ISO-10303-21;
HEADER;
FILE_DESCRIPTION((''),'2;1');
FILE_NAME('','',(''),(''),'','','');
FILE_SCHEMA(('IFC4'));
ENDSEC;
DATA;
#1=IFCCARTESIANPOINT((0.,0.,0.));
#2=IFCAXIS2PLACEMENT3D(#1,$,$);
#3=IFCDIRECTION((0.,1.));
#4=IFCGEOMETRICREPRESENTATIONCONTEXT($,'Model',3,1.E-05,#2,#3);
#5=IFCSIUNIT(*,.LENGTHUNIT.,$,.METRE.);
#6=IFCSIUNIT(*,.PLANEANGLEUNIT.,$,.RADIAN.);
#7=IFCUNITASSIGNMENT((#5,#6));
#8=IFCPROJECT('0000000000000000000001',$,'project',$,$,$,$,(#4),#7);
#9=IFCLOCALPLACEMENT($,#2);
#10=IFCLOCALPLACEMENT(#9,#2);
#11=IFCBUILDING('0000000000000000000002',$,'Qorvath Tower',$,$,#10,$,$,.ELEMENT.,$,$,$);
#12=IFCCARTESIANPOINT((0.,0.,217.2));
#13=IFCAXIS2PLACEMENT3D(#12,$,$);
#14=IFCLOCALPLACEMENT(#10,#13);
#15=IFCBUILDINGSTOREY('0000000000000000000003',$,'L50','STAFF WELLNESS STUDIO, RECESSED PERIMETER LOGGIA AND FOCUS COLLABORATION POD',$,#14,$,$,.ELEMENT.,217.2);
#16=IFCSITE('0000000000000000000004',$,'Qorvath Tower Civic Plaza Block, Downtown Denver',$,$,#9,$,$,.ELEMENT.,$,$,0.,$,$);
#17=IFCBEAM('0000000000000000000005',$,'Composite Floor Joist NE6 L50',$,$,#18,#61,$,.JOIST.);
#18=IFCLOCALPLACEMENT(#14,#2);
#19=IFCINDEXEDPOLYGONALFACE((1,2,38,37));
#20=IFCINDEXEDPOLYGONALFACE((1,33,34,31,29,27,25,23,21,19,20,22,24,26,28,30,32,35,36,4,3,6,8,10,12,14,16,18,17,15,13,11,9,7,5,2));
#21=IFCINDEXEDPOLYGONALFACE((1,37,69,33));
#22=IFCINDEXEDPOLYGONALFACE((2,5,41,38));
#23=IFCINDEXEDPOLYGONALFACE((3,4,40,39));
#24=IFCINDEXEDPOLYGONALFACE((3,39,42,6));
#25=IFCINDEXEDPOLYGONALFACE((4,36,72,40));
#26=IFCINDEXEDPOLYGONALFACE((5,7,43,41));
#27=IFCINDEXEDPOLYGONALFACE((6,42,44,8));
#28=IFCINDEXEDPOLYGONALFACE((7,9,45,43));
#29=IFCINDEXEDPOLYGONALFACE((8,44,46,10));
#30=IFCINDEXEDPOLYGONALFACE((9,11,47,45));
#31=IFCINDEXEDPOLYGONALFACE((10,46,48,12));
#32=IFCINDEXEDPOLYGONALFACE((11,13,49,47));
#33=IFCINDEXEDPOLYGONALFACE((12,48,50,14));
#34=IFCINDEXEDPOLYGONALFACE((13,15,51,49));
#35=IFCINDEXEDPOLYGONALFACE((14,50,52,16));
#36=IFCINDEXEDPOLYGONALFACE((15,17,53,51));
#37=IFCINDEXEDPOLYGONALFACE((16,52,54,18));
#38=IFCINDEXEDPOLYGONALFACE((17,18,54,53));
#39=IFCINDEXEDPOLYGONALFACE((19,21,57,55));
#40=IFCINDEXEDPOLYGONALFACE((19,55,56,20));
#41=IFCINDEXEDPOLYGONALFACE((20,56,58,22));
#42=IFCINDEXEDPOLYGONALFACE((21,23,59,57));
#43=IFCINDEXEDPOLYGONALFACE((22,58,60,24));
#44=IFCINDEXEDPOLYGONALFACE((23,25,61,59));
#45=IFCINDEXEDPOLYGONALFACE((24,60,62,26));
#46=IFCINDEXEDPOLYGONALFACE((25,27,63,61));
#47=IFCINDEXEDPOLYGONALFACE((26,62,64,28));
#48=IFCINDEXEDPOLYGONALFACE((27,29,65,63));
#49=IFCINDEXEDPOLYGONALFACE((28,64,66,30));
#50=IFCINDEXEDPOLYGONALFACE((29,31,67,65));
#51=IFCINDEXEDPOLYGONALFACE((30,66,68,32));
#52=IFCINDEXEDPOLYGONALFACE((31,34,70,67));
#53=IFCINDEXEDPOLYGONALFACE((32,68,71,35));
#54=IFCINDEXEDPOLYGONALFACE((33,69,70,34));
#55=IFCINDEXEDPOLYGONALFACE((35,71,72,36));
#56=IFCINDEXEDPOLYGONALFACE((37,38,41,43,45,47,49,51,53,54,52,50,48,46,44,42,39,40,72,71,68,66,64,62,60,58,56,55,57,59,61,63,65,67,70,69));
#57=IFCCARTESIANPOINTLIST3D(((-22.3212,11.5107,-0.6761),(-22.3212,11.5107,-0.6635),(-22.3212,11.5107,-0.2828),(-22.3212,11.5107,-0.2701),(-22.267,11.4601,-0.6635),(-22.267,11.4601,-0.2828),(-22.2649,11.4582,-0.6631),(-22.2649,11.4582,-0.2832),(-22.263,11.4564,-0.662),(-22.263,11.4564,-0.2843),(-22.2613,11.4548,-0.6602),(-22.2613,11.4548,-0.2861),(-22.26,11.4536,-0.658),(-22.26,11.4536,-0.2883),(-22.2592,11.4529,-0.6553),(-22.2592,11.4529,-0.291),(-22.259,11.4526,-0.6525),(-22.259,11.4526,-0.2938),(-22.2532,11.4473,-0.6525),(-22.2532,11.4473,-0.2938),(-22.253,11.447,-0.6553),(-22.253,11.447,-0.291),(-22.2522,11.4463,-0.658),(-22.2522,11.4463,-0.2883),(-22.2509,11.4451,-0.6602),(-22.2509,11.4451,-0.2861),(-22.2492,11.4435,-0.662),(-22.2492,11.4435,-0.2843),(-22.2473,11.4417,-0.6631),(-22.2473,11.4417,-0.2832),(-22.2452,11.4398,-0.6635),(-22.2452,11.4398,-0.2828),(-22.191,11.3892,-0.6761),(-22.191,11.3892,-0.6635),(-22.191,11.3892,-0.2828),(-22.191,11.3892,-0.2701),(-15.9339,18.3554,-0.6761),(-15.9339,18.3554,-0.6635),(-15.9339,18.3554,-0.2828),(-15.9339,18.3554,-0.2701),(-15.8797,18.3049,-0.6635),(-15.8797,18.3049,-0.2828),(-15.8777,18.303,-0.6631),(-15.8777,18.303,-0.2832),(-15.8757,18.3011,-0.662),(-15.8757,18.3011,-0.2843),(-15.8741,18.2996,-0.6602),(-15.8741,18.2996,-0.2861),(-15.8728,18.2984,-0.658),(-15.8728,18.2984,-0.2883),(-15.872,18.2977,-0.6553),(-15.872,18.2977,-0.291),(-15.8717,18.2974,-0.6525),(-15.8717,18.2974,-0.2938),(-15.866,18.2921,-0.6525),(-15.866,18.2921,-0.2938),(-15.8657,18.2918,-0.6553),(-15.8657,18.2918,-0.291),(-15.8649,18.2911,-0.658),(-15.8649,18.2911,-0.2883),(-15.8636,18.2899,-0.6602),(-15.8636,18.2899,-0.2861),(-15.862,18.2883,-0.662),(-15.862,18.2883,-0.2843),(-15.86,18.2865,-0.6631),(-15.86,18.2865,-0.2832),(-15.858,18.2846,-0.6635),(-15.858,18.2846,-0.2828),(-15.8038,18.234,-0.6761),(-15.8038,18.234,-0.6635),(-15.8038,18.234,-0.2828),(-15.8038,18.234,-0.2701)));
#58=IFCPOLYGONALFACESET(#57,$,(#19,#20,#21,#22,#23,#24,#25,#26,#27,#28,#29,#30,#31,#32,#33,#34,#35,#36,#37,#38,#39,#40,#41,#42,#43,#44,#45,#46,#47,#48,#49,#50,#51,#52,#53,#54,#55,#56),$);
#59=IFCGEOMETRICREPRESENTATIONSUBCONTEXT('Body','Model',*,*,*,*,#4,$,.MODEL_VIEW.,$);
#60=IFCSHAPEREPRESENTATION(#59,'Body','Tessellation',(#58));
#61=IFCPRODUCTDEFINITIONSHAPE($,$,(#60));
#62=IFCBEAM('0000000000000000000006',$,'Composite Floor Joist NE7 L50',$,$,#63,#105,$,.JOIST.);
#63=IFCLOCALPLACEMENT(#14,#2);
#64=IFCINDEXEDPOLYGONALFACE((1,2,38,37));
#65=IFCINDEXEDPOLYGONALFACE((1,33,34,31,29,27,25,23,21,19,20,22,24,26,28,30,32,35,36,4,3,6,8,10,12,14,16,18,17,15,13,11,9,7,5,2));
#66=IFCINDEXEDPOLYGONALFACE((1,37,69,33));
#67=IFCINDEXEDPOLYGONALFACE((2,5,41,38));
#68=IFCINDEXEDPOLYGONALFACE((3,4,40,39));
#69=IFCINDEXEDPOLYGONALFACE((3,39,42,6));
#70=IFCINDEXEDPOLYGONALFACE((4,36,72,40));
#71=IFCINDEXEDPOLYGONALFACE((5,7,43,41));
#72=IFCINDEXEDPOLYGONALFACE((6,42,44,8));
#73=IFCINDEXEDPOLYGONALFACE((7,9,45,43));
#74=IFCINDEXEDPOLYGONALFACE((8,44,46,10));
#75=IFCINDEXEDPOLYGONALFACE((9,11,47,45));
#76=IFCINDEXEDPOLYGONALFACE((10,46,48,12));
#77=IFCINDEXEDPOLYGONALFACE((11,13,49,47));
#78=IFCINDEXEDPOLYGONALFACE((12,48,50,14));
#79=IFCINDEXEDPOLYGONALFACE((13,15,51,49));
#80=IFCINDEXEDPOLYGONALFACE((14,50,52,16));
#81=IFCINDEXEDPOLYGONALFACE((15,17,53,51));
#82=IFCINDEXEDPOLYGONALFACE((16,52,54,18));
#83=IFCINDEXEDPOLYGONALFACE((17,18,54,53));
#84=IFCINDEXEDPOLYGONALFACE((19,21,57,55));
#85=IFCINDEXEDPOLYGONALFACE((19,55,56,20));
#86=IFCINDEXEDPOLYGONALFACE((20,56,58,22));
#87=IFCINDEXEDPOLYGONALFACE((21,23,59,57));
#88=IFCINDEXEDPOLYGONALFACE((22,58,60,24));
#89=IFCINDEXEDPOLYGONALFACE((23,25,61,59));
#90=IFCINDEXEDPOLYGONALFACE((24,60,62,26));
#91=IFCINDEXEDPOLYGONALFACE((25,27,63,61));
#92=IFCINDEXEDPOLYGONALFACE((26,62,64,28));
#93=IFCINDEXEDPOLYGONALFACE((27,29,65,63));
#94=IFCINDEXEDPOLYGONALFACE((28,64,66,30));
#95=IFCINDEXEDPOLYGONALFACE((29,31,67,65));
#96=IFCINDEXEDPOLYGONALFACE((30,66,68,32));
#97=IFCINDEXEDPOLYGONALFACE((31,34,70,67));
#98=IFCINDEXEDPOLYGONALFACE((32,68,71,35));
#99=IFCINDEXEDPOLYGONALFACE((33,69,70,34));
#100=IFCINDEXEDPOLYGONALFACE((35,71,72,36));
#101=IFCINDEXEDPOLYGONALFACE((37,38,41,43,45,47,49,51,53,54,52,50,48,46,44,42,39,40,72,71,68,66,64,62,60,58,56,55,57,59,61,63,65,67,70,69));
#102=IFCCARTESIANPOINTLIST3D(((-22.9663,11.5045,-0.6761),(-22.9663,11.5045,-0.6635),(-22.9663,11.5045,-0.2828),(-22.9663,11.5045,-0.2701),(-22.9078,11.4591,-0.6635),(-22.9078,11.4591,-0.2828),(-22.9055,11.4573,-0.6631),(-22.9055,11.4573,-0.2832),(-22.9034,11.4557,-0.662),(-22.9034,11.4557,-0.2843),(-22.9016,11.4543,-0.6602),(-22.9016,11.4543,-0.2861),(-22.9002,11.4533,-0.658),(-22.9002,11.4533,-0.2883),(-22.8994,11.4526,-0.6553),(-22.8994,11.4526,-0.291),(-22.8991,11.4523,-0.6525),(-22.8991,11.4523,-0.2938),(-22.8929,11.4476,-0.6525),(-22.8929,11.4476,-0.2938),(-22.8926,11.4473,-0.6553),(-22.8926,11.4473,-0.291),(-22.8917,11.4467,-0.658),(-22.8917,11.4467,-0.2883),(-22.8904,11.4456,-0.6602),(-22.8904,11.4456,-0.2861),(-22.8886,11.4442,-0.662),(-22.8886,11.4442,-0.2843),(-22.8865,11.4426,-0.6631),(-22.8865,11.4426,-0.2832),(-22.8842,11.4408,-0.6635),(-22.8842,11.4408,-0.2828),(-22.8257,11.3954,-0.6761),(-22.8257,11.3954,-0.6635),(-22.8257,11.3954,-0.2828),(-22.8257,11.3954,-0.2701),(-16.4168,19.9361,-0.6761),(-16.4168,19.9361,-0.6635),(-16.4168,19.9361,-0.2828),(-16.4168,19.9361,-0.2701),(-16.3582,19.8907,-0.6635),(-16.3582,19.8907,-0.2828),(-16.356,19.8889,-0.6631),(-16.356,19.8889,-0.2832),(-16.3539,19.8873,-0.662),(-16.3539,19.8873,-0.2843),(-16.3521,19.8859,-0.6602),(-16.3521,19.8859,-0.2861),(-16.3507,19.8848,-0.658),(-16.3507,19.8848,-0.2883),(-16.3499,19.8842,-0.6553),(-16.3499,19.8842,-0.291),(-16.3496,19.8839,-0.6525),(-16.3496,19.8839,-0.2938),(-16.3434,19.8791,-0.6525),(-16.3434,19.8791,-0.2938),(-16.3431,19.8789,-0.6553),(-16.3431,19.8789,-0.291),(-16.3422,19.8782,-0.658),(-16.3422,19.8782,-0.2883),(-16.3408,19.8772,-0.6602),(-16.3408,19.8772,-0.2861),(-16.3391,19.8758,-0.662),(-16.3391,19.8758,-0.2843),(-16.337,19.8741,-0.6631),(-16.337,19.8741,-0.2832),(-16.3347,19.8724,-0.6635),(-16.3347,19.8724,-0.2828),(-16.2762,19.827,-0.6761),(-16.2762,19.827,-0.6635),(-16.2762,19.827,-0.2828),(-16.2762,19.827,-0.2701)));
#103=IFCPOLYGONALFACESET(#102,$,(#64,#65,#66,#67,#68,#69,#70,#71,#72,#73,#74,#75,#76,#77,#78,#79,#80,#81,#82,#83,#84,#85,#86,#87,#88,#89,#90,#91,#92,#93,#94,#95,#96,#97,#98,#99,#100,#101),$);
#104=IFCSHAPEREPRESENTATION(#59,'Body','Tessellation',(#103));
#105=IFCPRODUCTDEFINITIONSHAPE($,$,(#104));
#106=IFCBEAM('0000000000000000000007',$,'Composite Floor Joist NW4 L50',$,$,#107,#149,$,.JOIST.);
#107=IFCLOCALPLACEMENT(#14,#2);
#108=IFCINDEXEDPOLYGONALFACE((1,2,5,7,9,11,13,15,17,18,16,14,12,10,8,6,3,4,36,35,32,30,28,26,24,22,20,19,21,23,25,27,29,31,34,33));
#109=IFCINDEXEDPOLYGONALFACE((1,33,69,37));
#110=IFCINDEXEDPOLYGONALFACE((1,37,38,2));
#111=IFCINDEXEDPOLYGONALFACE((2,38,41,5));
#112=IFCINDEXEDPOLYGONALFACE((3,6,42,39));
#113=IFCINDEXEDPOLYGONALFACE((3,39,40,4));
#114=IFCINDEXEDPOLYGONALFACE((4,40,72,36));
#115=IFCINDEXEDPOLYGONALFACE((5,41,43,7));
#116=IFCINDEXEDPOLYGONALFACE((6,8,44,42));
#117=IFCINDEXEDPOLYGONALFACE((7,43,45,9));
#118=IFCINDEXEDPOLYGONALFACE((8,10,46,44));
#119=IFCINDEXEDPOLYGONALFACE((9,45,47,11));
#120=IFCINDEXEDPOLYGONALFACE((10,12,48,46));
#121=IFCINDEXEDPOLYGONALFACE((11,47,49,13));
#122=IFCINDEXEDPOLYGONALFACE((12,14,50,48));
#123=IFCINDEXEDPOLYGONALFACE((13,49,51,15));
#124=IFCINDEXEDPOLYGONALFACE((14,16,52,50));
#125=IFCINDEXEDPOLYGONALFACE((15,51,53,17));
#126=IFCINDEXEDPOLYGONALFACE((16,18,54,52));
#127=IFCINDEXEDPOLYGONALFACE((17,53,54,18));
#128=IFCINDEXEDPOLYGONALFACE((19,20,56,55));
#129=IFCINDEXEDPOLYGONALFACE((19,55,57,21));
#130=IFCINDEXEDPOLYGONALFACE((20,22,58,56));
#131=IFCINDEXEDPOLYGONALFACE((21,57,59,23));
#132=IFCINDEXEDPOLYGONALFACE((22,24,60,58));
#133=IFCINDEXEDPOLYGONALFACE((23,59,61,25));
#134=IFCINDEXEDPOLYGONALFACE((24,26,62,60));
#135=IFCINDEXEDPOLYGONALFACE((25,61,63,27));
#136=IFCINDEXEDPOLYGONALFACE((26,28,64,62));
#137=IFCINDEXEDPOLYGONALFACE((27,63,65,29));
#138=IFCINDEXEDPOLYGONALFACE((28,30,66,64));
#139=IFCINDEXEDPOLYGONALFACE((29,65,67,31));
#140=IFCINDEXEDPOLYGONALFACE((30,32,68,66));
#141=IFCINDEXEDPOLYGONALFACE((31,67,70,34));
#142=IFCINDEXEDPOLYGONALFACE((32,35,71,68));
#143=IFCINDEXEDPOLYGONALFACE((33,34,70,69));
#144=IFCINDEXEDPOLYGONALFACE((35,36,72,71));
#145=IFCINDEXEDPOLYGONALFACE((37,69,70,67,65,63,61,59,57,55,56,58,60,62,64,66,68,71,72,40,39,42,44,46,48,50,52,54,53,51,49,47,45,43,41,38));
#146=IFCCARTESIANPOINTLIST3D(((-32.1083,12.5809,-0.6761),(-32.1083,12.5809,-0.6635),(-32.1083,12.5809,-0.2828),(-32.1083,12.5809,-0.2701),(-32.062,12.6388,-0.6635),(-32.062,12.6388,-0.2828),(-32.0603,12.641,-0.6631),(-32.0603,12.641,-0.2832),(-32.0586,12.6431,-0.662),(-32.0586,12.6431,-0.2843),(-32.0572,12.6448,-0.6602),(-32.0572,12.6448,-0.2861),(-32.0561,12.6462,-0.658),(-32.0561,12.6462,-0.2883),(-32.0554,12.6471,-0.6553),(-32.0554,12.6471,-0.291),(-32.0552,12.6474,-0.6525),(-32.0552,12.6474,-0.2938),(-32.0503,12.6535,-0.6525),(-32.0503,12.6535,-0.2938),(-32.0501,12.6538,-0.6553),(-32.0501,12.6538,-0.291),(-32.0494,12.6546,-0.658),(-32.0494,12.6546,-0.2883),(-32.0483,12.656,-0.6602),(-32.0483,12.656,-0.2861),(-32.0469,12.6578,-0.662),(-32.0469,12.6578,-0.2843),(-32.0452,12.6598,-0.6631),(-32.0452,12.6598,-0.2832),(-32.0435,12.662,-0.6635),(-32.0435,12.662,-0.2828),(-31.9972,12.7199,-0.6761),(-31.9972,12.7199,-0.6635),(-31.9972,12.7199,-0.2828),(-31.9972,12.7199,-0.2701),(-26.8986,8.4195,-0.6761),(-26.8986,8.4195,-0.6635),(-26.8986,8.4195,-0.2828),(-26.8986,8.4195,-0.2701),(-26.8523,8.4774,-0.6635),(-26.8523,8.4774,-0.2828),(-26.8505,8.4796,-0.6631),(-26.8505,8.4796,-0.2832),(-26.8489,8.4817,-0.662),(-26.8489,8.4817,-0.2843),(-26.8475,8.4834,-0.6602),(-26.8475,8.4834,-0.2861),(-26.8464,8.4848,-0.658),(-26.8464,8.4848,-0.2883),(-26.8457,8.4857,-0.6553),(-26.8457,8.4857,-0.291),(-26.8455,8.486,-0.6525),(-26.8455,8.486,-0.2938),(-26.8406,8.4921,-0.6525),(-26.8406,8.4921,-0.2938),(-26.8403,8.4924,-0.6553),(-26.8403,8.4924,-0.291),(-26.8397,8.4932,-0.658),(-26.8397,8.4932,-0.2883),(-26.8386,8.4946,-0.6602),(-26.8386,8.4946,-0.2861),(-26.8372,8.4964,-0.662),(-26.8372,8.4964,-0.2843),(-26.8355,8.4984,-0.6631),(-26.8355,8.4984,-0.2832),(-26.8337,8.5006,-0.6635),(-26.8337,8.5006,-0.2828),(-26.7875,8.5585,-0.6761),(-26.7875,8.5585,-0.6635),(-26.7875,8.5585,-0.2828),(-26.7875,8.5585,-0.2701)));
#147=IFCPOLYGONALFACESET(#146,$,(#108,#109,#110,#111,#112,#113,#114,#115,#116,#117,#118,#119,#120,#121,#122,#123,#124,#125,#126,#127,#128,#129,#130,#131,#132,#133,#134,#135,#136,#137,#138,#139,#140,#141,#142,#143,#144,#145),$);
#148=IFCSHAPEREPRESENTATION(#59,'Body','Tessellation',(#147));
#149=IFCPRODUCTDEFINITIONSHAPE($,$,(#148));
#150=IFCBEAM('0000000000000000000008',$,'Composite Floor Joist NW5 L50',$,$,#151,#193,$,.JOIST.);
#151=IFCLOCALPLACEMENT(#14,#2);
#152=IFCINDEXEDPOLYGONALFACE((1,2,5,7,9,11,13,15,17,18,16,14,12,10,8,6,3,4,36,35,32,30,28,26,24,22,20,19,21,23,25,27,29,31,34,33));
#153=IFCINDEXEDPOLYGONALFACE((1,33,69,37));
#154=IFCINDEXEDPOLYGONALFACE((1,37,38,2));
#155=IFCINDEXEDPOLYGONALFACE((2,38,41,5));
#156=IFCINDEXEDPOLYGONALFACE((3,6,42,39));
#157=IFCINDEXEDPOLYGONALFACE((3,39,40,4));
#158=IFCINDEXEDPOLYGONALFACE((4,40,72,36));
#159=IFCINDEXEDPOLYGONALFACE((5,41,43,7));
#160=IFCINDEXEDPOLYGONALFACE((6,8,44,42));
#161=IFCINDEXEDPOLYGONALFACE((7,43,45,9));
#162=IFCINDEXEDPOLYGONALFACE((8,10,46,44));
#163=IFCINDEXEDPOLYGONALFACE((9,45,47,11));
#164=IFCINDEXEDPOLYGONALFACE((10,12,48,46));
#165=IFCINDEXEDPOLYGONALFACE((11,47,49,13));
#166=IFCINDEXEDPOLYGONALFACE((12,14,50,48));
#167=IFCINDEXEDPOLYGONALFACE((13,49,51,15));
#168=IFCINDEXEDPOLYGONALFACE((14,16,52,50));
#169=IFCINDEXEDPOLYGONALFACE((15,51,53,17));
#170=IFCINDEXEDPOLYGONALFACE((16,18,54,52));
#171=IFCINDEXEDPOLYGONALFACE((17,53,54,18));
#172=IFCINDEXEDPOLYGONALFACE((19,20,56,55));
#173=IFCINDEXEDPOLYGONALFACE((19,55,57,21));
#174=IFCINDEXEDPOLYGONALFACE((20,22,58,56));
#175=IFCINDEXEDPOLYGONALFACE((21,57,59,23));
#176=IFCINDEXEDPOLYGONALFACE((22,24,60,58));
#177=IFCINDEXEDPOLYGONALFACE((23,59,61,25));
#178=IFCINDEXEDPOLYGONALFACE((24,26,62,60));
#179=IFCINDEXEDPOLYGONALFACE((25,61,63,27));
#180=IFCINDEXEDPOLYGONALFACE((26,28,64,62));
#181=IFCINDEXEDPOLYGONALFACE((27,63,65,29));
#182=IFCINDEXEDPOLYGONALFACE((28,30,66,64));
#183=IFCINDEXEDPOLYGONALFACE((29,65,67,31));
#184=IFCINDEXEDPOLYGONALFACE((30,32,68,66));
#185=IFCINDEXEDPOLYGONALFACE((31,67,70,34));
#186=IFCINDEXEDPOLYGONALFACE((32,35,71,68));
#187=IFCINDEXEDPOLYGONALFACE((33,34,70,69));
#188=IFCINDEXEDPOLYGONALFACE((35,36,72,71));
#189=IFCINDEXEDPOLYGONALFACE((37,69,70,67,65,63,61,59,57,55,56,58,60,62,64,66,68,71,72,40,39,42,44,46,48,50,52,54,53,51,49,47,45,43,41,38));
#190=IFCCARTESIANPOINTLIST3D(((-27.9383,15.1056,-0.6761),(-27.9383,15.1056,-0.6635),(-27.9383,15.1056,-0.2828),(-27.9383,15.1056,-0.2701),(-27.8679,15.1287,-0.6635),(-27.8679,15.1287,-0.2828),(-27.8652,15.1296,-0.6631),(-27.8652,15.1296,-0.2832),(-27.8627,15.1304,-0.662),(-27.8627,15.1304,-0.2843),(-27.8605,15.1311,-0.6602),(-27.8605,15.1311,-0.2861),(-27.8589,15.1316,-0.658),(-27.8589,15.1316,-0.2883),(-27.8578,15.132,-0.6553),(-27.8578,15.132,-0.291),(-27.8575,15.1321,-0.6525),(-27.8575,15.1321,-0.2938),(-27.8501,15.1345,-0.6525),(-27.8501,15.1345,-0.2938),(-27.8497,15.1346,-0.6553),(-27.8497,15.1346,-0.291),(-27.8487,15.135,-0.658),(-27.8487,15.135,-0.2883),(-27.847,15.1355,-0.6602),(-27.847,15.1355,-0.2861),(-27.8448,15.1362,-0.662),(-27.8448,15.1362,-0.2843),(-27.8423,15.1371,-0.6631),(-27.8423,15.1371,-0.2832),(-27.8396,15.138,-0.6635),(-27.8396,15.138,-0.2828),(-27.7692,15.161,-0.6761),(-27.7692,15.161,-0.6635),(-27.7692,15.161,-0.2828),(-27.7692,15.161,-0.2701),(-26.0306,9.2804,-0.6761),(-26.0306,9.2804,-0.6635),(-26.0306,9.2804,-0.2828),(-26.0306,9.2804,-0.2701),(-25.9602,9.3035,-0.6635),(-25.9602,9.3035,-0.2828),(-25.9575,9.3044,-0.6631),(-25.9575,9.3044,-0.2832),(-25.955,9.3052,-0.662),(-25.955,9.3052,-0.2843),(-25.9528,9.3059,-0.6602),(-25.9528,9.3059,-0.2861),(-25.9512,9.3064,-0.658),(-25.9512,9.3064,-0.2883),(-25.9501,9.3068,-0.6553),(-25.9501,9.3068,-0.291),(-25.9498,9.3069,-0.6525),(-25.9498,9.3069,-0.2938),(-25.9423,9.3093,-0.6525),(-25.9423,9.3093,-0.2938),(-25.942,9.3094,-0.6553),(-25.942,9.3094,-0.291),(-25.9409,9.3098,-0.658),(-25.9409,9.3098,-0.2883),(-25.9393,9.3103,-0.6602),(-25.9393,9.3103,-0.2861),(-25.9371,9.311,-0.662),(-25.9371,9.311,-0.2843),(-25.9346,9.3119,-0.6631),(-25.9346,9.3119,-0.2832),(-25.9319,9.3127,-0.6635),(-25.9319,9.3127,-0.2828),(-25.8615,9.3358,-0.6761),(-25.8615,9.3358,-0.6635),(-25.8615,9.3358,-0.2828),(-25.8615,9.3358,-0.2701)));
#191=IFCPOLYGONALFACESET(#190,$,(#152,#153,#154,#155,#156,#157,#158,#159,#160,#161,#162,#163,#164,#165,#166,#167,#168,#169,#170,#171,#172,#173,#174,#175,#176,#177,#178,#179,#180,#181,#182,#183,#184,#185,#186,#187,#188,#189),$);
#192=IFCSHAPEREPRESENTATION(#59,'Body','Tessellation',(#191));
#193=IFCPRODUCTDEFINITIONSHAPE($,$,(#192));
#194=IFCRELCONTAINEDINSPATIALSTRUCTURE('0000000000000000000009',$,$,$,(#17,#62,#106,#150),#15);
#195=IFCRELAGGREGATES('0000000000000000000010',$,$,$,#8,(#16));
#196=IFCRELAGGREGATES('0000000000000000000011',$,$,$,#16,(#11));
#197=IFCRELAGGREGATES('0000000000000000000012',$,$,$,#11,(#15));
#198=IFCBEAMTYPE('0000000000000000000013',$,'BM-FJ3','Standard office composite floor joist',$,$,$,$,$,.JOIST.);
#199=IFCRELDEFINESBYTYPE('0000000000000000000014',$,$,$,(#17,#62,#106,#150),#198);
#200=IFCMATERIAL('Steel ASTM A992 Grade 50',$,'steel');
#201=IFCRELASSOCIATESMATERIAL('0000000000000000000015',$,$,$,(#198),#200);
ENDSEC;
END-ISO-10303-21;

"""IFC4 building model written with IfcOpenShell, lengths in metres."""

from ifc_helpers import new_model, si_unit, direction, frame, origin, origin_2d, place, context, subcontext, project, spatial, i_section, extrude, material, material_profile, profile_set, type_object, element, save


model = new_model("IFC4")

# Units and contexts
model_context = context("Model", 3, precision=1e-05, world=origin(), true_north=direction((0.0, 1.0)))
body_context = subcontext(model_context, "Body", "Model", "MODEL_VIEW")
ifc_project = project(units=[si_unit("LENGTHUNIT", "METRE"), si_unit("PLANEANGLEUNIT", "RADIAN")], contexts=[model_context])

# Site, building, storey
site_placement = place(None, origin())
site = spatial("IfcSite", under=ifc_project, at=site_placement, Name="Qorvath Tower Civic Plaza Block, Downtown Denver", CompositionType="ELEMENT", RefElevation=0.0)
building_placement = place(site_placement, origin())
building = spatial("IfcBuilding", under=site, at=building_placement, Name="Qorvath Tower", CompositionType="ELEMENT")
storey_placement = place(building_placement, frame((0.0, 0.0, 217.2)))
storey = spatial("IfcBuildingStorey", under=building, at=storey_placement, Name="L50", Description="STAFF WELLNESS STUDIO, RECESSED PERIMETER LOGGIA AND FOCUS COLLABORATION POD", CompositionType="ELEMENT", Elevation=217.2)

# Beams
ifc_material_1 = material(Name="Steel ASTM A992 Grade 50", Category="steel")
ifc_material_profile_1 = material_profile(ifc_material_1, i_section(OverallWidth=0.178, OverallDepth=0.406, WebThickness=0.0078, FlangeThickness=0.0127, FilletRadius=0.011, at=origin_2d()), Name="W16x40")
ifc_profile_set_1 = profile_set([ifc_material_profile_1], Name="Steel ASTM A992 Grade 50")
beam_type_1 = type_object("IfcBeamType", Name="BM-FJ3", Description="Standard office composite floor joist", PredefinedType="JOIST", material=ifc_profile_set_1)
beam_1_placement = place(storey_placement, frame((-22.2561, 11.45, -0.4731), z_axis=(0.682249, 0.731119, 0.0), x_axis=(-0.731119, 0.682249, 0.0)))
element("IfcBeam", 1, at=beam_1_placement, inside=storey, type_object=beam_type_1, Name="Composite Floor Joist NE6 L50", PredefinedType="JOIST", context=body_context, shape_type="SweptSolid", body=[
    extrude(i_section(OverallWidth=0.178, OverallDepth=0.406, WebThickness=0.0078, FlangeThickness=0.0127, FilletRadius=0.011, at=origin_2d()), origin(), (0.0, 0.0, 1.0), 9.3621),
])
beam_2_placement = place(storey_placement, frame((-22.896, 11.45, -0.4731), z_axis=(0.613451, 0.789733, 0.0), x_axis=(-0.789733, 0.613451, 0.0)))
element("IfcBeam", 2, at=beam_2_placement, inside=storey, type_object=beam_type_1, Name="Composite Floor Joist NE7 L50", PredefinedType="JOIST", context=body_context, shape_type="SweptSolid", body=[
    extrude(i_section(OverallWidth=0.178, OverallDepth=0.406, WebThickness=0.0078, FlangeThickness=0.0127, FilletRadius=0.011, at=origin_2d()), origin(), (0.0, 0.0, 1.0), 10.6765),
])
beam_3_placement = place(storey_placement, frame((-26.843, 8.489, -0.4731), z_axis=(-0.781337, 0.62411, 0.0), x_axis=(-0.62411, -0.781337, 0.0)))
element("IfcBeam", 3, at=beam_3_placement, inside=storey, type_object=beam_type_1, Name="Composite Floor Joist NW4 L50", PredefinedType="JOIST", context=body_context, shape_type="SweptSolid", body=[
    extrude(i_section(OverallWidth=0.178, OverallDepth=0.406, WebThickness=0.0078, FlangeThickness=0.0127, FilletRadius=0.011, at=origin_2d()), origin(), (0.0, 0.0, 1.0), 6.6677),
])
beam_4_placement = place(storey_placement, frame((-25.946, 9.3081, -0.4731), z_axis=(-0.311229, 0.950335, 0.0), x_axis=(-0.950335, -0.311229, 0.0)))
element("IfcBeam", 4, at=beam_4_placement, inside=storey, type_object=beam_type_1, Name="Composite Floor Joist NW5 L50", PredefinedType="JOIST", context=body_context, shape_type="SweptSolid", body=[
    extrude(i_section(OverallWidth=0.178, OverallDepth=0.406, WebThickness=0.0078, FlangeThickness=0.0127, FilletRadius=0.011, at=origin_2d()), origin(), (0.0, 0.0, 1.0), 6.1296),
])

save(model, "model.ifc")
